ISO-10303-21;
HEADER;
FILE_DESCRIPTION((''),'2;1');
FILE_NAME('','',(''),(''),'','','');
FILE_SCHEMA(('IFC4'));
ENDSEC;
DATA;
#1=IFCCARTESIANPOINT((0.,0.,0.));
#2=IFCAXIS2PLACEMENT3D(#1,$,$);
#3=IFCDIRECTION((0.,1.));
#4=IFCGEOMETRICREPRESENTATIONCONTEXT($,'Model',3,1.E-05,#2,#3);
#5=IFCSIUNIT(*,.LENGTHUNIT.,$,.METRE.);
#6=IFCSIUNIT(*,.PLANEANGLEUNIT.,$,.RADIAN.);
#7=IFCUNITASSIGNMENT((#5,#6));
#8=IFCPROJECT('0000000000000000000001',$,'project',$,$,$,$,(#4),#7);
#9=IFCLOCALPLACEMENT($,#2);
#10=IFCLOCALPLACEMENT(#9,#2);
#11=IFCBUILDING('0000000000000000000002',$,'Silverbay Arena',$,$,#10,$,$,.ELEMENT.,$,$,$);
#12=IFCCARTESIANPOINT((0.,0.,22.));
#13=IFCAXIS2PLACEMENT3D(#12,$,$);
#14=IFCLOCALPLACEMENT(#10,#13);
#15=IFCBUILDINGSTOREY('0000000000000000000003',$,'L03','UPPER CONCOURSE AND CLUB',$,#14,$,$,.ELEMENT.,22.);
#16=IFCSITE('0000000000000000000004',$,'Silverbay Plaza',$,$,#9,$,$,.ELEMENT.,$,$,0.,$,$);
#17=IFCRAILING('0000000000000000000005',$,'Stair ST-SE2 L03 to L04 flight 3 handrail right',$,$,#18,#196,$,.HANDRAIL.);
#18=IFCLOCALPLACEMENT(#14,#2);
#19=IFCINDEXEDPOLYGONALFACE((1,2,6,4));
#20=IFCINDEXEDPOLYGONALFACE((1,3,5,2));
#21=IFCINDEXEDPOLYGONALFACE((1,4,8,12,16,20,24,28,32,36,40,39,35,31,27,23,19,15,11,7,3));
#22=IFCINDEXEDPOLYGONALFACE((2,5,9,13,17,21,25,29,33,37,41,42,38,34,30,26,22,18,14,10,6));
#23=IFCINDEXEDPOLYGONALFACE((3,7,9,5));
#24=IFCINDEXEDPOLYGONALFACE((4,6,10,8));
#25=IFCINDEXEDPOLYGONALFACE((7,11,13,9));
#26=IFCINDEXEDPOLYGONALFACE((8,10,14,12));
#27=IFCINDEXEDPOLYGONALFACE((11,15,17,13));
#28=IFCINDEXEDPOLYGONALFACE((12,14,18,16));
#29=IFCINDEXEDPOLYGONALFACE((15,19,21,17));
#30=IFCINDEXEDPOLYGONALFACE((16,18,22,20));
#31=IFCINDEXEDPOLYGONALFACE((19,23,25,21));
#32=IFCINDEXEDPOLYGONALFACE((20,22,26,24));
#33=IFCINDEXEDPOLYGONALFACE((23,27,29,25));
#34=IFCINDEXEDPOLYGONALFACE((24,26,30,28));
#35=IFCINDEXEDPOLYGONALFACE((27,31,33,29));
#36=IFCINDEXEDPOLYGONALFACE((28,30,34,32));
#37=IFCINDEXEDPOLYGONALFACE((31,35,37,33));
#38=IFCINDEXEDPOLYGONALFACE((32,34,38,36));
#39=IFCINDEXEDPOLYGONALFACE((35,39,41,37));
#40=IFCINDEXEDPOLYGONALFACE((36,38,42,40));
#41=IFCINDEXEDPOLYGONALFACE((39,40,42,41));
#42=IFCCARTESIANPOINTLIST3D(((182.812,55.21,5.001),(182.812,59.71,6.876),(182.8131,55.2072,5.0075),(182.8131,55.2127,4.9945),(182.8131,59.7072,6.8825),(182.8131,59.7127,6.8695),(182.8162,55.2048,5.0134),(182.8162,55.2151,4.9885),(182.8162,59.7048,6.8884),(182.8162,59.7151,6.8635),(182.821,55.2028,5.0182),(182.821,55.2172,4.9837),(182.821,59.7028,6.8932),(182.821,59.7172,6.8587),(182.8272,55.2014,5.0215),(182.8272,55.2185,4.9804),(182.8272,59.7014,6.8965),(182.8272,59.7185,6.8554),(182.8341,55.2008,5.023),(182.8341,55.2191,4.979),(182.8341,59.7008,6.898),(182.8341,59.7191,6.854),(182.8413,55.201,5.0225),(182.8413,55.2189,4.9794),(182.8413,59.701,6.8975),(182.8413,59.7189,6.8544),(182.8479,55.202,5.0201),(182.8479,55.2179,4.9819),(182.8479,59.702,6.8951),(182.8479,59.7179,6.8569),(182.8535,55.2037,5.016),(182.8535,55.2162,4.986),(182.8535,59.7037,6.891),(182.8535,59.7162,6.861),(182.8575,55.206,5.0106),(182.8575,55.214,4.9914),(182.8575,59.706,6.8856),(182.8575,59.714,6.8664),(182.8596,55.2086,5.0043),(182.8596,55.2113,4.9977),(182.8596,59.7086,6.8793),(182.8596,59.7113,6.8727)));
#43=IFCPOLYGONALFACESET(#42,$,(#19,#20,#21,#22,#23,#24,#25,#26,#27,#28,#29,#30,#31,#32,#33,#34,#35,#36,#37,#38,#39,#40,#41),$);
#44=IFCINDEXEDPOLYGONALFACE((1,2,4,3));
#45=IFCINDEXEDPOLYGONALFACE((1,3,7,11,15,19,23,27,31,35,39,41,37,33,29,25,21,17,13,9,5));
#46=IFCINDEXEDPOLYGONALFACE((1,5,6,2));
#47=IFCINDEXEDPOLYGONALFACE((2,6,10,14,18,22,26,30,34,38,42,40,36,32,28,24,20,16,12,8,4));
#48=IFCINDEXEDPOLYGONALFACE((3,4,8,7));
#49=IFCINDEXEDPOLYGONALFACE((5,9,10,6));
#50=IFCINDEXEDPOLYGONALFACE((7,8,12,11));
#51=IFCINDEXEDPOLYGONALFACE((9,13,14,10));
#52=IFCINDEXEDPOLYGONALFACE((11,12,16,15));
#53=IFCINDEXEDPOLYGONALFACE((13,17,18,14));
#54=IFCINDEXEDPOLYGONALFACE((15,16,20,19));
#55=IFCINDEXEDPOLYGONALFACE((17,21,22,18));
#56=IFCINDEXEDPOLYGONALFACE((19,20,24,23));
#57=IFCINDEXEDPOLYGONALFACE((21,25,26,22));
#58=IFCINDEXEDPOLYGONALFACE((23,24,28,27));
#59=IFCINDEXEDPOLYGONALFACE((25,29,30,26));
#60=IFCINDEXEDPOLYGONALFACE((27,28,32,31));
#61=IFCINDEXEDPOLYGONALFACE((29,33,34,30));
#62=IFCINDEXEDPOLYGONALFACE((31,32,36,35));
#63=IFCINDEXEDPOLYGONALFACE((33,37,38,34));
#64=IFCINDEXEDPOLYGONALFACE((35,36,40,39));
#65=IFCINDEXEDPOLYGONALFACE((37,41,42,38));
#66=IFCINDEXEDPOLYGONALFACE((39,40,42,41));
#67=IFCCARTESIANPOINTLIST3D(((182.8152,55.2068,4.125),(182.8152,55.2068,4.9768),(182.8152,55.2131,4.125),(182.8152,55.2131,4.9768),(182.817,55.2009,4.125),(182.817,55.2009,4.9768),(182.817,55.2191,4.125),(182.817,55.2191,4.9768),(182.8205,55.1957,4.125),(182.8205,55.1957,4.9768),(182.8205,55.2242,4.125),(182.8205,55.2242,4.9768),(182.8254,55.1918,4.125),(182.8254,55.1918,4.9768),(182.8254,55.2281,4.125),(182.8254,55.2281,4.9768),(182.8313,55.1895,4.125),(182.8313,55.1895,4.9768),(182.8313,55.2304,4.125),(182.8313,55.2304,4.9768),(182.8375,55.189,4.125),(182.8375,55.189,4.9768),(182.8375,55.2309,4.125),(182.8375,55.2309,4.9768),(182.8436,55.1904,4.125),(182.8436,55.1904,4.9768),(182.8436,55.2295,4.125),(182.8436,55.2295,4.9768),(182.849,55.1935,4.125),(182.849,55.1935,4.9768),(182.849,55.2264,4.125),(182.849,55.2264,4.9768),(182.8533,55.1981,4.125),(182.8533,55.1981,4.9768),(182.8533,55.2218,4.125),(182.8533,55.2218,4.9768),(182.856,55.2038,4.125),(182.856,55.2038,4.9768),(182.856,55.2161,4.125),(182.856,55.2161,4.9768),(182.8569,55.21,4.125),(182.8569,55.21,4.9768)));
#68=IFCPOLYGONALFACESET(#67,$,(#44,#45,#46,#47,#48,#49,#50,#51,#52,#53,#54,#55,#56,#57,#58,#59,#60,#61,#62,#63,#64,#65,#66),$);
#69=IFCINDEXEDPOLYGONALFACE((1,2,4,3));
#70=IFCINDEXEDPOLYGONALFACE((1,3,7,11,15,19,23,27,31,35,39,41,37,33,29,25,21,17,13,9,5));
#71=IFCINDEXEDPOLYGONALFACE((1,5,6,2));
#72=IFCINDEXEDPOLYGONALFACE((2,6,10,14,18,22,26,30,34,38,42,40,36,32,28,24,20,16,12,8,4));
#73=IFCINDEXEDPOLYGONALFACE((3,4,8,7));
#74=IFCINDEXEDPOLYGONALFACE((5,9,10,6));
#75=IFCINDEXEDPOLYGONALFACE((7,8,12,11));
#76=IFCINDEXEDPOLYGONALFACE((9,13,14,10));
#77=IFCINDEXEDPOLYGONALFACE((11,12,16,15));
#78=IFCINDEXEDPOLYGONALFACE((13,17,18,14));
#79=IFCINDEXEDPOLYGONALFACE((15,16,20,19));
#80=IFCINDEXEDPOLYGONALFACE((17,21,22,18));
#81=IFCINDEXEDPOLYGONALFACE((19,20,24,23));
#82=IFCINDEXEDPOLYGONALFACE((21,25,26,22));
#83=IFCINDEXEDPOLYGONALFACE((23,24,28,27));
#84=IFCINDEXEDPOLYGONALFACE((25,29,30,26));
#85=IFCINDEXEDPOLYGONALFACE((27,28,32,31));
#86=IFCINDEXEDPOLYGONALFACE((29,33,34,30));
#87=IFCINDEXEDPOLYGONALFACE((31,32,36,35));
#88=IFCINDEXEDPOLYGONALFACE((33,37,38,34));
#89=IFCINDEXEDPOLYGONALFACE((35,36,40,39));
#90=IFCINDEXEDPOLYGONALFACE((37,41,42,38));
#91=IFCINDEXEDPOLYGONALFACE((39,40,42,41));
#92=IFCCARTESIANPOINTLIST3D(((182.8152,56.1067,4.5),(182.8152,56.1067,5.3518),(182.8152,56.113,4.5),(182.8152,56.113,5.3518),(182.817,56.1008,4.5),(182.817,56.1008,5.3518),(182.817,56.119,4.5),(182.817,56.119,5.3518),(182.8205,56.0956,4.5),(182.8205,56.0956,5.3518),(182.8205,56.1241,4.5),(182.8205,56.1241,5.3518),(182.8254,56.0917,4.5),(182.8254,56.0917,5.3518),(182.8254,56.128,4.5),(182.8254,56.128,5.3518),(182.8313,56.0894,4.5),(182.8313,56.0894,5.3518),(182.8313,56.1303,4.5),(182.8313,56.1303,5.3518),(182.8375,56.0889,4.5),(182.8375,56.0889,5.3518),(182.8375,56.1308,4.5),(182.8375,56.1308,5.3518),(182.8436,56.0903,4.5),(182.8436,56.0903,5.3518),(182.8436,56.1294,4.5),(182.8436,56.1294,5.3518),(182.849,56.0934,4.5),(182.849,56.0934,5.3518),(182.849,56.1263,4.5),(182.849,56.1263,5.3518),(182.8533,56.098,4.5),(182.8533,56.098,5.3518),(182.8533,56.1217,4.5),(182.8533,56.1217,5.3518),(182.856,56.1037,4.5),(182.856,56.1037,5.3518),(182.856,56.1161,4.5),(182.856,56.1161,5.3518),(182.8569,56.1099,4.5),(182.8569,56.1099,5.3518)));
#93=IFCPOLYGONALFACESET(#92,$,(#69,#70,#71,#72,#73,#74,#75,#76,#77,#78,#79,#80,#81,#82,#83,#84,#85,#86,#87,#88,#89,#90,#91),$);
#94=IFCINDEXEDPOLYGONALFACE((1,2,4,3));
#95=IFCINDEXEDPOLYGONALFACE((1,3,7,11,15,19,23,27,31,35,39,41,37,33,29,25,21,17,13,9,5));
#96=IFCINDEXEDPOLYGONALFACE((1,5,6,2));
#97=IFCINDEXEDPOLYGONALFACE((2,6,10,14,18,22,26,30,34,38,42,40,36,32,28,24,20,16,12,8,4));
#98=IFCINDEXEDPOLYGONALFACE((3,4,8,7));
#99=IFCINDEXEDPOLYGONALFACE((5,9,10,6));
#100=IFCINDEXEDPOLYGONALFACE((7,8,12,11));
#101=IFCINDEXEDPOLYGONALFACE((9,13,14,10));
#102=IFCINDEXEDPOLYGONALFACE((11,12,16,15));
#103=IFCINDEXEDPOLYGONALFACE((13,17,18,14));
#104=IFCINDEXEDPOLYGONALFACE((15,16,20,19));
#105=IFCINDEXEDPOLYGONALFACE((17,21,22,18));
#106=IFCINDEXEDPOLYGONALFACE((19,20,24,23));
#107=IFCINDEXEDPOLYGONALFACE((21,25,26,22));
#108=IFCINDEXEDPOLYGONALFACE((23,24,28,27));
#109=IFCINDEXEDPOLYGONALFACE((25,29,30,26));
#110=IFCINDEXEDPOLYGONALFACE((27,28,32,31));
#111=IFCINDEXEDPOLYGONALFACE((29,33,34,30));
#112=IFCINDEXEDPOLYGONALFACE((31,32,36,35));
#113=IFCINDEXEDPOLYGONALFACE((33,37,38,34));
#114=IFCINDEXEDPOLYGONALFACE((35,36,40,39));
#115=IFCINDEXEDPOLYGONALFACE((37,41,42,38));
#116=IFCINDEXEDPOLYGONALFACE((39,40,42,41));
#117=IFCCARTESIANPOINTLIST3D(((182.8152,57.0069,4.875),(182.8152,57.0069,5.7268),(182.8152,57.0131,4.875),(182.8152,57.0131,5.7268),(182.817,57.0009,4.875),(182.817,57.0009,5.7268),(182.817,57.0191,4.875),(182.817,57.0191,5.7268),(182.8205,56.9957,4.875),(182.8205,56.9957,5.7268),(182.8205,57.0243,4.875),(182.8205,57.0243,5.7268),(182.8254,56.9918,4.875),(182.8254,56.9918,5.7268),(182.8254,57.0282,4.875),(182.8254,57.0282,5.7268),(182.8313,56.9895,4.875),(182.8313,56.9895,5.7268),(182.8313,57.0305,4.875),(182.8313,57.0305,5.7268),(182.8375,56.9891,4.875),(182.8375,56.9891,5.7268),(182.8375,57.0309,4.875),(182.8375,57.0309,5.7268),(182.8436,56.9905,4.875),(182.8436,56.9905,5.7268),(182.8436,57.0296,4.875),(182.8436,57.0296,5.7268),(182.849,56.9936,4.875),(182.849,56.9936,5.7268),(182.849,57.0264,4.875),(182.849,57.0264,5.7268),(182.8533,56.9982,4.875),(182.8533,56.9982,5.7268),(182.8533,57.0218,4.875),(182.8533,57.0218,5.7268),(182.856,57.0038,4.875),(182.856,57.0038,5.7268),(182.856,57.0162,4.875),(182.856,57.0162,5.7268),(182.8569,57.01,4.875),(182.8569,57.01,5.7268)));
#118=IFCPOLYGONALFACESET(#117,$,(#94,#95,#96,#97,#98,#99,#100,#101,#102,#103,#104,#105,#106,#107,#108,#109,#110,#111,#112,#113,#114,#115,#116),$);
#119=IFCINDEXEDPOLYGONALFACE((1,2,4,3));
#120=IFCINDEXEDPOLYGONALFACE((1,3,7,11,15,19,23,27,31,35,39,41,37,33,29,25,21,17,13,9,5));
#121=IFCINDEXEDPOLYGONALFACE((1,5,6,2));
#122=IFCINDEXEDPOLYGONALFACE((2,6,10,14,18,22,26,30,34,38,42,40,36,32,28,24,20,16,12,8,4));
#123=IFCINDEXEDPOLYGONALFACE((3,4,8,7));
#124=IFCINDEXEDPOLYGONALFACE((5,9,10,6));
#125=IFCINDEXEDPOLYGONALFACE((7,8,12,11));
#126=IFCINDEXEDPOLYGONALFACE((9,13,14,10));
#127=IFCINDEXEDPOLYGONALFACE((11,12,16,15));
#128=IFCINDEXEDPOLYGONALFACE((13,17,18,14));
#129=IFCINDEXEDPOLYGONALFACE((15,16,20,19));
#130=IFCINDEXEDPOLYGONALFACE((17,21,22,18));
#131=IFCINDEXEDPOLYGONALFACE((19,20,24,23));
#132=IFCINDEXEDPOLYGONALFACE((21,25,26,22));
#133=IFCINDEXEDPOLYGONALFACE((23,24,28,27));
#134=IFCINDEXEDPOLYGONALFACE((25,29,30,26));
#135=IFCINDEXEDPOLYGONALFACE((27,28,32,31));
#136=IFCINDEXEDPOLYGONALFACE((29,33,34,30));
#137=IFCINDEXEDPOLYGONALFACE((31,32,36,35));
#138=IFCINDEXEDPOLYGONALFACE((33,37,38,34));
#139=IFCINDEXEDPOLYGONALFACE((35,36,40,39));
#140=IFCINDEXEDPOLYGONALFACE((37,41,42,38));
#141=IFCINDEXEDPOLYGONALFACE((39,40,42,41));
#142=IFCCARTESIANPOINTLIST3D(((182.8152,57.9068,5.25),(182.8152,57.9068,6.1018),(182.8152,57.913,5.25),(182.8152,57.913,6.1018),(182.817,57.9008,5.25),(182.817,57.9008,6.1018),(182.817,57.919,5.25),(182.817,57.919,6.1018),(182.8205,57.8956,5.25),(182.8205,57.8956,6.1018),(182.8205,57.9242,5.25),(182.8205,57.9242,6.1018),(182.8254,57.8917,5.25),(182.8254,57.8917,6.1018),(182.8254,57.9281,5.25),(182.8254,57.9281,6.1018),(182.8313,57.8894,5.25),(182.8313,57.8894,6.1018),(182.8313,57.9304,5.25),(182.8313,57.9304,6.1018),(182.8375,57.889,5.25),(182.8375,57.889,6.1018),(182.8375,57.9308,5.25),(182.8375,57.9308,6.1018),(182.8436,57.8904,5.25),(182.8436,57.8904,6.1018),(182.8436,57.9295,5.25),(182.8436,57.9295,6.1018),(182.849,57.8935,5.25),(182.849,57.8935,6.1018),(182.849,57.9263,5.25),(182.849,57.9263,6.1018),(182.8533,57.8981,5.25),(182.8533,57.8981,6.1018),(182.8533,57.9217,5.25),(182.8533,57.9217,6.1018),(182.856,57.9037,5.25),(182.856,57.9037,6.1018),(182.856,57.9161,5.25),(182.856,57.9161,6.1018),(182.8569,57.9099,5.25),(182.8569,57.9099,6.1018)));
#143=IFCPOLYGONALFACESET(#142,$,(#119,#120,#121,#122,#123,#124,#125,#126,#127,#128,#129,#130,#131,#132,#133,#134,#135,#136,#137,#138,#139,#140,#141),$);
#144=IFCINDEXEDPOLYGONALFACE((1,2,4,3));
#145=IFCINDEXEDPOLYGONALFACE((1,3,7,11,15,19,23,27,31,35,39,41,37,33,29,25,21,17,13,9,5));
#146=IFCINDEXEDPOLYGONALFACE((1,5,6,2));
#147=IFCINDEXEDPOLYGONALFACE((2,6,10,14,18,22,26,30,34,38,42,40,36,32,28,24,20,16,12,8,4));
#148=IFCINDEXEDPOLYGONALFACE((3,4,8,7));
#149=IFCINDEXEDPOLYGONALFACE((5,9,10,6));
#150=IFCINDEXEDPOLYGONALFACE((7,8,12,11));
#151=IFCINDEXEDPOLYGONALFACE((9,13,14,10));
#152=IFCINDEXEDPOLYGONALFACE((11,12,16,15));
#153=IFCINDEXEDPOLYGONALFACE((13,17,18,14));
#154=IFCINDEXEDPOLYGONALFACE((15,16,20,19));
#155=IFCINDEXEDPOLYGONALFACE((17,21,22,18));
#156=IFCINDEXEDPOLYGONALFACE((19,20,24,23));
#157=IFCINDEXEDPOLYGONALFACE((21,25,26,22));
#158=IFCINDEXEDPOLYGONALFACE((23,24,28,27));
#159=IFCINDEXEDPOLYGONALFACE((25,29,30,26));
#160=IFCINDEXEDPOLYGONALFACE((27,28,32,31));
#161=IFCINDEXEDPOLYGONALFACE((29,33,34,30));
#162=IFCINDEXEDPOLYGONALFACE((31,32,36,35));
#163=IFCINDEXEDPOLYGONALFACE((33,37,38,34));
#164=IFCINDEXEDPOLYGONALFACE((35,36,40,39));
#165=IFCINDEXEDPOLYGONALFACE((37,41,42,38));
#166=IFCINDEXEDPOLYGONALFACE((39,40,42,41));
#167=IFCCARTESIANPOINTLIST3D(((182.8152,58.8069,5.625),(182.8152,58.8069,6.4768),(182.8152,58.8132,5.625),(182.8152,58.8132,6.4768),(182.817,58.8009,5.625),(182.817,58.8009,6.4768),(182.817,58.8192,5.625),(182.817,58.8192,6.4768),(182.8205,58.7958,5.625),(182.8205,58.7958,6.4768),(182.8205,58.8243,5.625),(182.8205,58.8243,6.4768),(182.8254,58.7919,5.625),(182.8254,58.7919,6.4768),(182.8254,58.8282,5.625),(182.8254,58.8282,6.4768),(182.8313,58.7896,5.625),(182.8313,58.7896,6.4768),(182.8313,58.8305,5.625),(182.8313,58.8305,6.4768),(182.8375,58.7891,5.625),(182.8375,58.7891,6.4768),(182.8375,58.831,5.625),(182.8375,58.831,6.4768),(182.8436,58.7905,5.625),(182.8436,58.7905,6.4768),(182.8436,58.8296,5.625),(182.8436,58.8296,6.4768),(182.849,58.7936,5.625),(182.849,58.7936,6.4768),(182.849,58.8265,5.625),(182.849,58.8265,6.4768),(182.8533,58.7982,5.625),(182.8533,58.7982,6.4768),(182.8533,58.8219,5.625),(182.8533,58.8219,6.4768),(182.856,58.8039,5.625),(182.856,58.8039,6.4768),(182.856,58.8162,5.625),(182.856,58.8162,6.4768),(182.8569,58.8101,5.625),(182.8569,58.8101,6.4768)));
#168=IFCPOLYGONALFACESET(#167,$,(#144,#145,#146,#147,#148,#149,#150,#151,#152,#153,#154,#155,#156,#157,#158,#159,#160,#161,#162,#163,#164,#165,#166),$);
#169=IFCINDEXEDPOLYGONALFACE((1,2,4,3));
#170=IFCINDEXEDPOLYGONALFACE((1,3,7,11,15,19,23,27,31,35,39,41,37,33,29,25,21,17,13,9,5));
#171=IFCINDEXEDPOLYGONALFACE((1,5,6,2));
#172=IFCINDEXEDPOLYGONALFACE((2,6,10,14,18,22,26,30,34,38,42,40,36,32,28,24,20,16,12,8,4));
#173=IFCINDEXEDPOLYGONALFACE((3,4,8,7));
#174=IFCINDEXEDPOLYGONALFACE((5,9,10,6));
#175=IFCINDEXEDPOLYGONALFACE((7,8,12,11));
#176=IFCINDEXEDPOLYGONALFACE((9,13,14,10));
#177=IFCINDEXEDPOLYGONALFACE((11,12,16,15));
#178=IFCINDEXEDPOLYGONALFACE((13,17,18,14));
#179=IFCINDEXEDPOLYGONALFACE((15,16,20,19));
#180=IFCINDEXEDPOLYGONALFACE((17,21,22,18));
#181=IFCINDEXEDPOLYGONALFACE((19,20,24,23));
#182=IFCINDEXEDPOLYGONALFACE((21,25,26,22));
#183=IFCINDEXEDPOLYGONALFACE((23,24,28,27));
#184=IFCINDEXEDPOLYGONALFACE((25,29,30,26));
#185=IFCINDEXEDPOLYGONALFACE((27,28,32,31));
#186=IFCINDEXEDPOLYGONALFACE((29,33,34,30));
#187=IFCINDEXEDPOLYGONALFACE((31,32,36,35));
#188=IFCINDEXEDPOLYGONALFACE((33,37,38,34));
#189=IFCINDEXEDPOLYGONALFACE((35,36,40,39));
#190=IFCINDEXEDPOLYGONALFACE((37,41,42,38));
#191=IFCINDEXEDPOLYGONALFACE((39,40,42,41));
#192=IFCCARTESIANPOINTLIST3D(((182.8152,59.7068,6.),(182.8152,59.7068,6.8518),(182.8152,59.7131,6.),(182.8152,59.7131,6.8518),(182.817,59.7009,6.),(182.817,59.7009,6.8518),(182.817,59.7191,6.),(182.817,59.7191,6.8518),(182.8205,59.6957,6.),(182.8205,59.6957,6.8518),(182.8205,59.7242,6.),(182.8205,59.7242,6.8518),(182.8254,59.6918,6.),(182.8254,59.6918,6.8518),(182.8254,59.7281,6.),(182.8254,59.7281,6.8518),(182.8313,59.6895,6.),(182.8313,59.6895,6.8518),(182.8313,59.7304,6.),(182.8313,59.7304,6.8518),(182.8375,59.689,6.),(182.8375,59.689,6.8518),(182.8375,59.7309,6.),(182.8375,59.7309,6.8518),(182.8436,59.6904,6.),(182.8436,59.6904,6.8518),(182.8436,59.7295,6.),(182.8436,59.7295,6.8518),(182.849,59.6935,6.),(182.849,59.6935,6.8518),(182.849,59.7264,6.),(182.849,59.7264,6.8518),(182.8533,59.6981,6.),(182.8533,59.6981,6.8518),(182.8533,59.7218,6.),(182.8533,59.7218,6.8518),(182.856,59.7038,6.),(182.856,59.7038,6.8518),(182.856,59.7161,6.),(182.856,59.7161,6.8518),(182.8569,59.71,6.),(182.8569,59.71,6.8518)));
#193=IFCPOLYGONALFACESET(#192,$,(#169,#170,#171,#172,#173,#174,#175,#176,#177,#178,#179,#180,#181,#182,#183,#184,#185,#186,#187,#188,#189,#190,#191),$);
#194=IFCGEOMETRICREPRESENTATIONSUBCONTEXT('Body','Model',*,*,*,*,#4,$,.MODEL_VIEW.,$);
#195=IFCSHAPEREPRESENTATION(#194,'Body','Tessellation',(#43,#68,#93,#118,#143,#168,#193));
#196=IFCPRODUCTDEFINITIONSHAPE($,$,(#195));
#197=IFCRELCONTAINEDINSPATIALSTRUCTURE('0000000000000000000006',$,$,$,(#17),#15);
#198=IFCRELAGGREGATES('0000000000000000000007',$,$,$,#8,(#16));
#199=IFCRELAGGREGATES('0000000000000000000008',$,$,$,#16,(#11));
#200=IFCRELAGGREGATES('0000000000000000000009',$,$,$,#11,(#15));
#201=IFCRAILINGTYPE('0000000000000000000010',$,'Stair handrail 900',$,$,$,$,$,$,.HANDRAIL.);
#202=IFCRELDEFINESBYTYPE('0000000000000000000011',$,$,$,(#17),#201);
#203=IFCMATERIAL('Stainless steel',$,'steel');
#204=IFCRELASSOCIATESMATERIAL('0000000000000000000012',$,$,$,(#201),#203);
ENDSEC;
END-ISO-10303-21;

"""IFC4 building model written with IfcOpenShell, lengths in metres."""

from ifc_helpers import new_model, si_unit, direction, frame, origin, origin_2d, place, context, subcontext, project, spatial, circle, extrude, material, type_object, element, save


model = new_model("IFC4")

# Units and contexts
model_context = context("Model", 3, precision=1e-05, world=origin(), true_north=direction((0.0, 1.0)))
body_context = subcontext(model_context, "Body", "Model", "MODEL_VIEW")
ifc_project = project(units=[si_unit("LENGTHUNIT", "METRE"), si_unit("PLANEANGLEUNIT", "RADIAN")], contexts=[model_context])

# Site, building, storey
site_placement = place(None, origin())
site = spatial("IfcSite", under=ifc_project, at=site_placement, Name="Silverbay Plaza", CompositionType="ELEMENT", RefElevation=0.0)
building_placement = place(site_placement, origin())
building = spatial("IfcBuilding", under=site, at=building_placement, Name="Silverbay Arena", CompositionType="ELEMENT")
storey_placement = place(building_placement, frame((0.0, 0.0, 22.0)))
storey = spatial("IfcBuildingStorey", under=building, at=storey_placement, Name="L03", Description="UPPER CONCOURSE AND CLUB", CompositionType="ELEMENT", Elevation=22.0)

# Railing
ifc_material_1 = material(Name="Stainless steel", Category="steel")
railing_type_1 = type_object("IfcRailingType", Name="Stair handrail 900", PredefinedType="HANDRAIL", material=ifc_material_1)
for number, where, name in (
    (1, (182.8359, 55.21, 4.125), "Stair ST-SE2 L03 to L04 flight 3 handrail right"),
):
    element("IfcRailing", number, at=place(storey_placement, frame(where)), inside=storey, type_object=railing_type_1, Name=name, PredefinedType="HANDRAIL", context=body_context, shape_type="SweptSolid", body=[
        extrude(circle(Radius=0.0239, at=origin_2d()), frame((0.0, 0.0, 0.876), z_axis=(0.0, 0.923077, 0.384615), x_axis=(-1.0, 0.0, 0.0)), (0.0, 0.0, 1.0), 4.875),
        extrude(circle(Radius=0.021, at=origin_2d()), origin(), (0.0, 0.0, 1.0), 0.8518),
        extrude(circle(Radius=0.021, at=origin_2d()), frame((0.0, 0.8999, 0.375)), (0.0, 0.0, 1.0), 0.8518),
        extrude(circle(Radius=0.021, at=origin_2d()), frame((0.0, 1.8, 0.75)), (0.0, 0.0, 1.0), 0.8518),
        extrude(circle(Radius=0.021, at=origin_2d()), frame((0.0, 2.7, 1.125)), (0.0, 0.0, 1.0), 0.8518),
        extrude(circle(Radius=0.021, at=origin_2d()), frame((0.0, 3.6001, 1.5)), (0.0, 0.0, 1.0), 0.8518),
        extrude(circle(Radius=0.021, at=origin_2d()), frame((0.0, 4.5, 1.875)), (0.0, 0.0, 1.0), 0.8518),
    ])

save(model, "model.ifc")
